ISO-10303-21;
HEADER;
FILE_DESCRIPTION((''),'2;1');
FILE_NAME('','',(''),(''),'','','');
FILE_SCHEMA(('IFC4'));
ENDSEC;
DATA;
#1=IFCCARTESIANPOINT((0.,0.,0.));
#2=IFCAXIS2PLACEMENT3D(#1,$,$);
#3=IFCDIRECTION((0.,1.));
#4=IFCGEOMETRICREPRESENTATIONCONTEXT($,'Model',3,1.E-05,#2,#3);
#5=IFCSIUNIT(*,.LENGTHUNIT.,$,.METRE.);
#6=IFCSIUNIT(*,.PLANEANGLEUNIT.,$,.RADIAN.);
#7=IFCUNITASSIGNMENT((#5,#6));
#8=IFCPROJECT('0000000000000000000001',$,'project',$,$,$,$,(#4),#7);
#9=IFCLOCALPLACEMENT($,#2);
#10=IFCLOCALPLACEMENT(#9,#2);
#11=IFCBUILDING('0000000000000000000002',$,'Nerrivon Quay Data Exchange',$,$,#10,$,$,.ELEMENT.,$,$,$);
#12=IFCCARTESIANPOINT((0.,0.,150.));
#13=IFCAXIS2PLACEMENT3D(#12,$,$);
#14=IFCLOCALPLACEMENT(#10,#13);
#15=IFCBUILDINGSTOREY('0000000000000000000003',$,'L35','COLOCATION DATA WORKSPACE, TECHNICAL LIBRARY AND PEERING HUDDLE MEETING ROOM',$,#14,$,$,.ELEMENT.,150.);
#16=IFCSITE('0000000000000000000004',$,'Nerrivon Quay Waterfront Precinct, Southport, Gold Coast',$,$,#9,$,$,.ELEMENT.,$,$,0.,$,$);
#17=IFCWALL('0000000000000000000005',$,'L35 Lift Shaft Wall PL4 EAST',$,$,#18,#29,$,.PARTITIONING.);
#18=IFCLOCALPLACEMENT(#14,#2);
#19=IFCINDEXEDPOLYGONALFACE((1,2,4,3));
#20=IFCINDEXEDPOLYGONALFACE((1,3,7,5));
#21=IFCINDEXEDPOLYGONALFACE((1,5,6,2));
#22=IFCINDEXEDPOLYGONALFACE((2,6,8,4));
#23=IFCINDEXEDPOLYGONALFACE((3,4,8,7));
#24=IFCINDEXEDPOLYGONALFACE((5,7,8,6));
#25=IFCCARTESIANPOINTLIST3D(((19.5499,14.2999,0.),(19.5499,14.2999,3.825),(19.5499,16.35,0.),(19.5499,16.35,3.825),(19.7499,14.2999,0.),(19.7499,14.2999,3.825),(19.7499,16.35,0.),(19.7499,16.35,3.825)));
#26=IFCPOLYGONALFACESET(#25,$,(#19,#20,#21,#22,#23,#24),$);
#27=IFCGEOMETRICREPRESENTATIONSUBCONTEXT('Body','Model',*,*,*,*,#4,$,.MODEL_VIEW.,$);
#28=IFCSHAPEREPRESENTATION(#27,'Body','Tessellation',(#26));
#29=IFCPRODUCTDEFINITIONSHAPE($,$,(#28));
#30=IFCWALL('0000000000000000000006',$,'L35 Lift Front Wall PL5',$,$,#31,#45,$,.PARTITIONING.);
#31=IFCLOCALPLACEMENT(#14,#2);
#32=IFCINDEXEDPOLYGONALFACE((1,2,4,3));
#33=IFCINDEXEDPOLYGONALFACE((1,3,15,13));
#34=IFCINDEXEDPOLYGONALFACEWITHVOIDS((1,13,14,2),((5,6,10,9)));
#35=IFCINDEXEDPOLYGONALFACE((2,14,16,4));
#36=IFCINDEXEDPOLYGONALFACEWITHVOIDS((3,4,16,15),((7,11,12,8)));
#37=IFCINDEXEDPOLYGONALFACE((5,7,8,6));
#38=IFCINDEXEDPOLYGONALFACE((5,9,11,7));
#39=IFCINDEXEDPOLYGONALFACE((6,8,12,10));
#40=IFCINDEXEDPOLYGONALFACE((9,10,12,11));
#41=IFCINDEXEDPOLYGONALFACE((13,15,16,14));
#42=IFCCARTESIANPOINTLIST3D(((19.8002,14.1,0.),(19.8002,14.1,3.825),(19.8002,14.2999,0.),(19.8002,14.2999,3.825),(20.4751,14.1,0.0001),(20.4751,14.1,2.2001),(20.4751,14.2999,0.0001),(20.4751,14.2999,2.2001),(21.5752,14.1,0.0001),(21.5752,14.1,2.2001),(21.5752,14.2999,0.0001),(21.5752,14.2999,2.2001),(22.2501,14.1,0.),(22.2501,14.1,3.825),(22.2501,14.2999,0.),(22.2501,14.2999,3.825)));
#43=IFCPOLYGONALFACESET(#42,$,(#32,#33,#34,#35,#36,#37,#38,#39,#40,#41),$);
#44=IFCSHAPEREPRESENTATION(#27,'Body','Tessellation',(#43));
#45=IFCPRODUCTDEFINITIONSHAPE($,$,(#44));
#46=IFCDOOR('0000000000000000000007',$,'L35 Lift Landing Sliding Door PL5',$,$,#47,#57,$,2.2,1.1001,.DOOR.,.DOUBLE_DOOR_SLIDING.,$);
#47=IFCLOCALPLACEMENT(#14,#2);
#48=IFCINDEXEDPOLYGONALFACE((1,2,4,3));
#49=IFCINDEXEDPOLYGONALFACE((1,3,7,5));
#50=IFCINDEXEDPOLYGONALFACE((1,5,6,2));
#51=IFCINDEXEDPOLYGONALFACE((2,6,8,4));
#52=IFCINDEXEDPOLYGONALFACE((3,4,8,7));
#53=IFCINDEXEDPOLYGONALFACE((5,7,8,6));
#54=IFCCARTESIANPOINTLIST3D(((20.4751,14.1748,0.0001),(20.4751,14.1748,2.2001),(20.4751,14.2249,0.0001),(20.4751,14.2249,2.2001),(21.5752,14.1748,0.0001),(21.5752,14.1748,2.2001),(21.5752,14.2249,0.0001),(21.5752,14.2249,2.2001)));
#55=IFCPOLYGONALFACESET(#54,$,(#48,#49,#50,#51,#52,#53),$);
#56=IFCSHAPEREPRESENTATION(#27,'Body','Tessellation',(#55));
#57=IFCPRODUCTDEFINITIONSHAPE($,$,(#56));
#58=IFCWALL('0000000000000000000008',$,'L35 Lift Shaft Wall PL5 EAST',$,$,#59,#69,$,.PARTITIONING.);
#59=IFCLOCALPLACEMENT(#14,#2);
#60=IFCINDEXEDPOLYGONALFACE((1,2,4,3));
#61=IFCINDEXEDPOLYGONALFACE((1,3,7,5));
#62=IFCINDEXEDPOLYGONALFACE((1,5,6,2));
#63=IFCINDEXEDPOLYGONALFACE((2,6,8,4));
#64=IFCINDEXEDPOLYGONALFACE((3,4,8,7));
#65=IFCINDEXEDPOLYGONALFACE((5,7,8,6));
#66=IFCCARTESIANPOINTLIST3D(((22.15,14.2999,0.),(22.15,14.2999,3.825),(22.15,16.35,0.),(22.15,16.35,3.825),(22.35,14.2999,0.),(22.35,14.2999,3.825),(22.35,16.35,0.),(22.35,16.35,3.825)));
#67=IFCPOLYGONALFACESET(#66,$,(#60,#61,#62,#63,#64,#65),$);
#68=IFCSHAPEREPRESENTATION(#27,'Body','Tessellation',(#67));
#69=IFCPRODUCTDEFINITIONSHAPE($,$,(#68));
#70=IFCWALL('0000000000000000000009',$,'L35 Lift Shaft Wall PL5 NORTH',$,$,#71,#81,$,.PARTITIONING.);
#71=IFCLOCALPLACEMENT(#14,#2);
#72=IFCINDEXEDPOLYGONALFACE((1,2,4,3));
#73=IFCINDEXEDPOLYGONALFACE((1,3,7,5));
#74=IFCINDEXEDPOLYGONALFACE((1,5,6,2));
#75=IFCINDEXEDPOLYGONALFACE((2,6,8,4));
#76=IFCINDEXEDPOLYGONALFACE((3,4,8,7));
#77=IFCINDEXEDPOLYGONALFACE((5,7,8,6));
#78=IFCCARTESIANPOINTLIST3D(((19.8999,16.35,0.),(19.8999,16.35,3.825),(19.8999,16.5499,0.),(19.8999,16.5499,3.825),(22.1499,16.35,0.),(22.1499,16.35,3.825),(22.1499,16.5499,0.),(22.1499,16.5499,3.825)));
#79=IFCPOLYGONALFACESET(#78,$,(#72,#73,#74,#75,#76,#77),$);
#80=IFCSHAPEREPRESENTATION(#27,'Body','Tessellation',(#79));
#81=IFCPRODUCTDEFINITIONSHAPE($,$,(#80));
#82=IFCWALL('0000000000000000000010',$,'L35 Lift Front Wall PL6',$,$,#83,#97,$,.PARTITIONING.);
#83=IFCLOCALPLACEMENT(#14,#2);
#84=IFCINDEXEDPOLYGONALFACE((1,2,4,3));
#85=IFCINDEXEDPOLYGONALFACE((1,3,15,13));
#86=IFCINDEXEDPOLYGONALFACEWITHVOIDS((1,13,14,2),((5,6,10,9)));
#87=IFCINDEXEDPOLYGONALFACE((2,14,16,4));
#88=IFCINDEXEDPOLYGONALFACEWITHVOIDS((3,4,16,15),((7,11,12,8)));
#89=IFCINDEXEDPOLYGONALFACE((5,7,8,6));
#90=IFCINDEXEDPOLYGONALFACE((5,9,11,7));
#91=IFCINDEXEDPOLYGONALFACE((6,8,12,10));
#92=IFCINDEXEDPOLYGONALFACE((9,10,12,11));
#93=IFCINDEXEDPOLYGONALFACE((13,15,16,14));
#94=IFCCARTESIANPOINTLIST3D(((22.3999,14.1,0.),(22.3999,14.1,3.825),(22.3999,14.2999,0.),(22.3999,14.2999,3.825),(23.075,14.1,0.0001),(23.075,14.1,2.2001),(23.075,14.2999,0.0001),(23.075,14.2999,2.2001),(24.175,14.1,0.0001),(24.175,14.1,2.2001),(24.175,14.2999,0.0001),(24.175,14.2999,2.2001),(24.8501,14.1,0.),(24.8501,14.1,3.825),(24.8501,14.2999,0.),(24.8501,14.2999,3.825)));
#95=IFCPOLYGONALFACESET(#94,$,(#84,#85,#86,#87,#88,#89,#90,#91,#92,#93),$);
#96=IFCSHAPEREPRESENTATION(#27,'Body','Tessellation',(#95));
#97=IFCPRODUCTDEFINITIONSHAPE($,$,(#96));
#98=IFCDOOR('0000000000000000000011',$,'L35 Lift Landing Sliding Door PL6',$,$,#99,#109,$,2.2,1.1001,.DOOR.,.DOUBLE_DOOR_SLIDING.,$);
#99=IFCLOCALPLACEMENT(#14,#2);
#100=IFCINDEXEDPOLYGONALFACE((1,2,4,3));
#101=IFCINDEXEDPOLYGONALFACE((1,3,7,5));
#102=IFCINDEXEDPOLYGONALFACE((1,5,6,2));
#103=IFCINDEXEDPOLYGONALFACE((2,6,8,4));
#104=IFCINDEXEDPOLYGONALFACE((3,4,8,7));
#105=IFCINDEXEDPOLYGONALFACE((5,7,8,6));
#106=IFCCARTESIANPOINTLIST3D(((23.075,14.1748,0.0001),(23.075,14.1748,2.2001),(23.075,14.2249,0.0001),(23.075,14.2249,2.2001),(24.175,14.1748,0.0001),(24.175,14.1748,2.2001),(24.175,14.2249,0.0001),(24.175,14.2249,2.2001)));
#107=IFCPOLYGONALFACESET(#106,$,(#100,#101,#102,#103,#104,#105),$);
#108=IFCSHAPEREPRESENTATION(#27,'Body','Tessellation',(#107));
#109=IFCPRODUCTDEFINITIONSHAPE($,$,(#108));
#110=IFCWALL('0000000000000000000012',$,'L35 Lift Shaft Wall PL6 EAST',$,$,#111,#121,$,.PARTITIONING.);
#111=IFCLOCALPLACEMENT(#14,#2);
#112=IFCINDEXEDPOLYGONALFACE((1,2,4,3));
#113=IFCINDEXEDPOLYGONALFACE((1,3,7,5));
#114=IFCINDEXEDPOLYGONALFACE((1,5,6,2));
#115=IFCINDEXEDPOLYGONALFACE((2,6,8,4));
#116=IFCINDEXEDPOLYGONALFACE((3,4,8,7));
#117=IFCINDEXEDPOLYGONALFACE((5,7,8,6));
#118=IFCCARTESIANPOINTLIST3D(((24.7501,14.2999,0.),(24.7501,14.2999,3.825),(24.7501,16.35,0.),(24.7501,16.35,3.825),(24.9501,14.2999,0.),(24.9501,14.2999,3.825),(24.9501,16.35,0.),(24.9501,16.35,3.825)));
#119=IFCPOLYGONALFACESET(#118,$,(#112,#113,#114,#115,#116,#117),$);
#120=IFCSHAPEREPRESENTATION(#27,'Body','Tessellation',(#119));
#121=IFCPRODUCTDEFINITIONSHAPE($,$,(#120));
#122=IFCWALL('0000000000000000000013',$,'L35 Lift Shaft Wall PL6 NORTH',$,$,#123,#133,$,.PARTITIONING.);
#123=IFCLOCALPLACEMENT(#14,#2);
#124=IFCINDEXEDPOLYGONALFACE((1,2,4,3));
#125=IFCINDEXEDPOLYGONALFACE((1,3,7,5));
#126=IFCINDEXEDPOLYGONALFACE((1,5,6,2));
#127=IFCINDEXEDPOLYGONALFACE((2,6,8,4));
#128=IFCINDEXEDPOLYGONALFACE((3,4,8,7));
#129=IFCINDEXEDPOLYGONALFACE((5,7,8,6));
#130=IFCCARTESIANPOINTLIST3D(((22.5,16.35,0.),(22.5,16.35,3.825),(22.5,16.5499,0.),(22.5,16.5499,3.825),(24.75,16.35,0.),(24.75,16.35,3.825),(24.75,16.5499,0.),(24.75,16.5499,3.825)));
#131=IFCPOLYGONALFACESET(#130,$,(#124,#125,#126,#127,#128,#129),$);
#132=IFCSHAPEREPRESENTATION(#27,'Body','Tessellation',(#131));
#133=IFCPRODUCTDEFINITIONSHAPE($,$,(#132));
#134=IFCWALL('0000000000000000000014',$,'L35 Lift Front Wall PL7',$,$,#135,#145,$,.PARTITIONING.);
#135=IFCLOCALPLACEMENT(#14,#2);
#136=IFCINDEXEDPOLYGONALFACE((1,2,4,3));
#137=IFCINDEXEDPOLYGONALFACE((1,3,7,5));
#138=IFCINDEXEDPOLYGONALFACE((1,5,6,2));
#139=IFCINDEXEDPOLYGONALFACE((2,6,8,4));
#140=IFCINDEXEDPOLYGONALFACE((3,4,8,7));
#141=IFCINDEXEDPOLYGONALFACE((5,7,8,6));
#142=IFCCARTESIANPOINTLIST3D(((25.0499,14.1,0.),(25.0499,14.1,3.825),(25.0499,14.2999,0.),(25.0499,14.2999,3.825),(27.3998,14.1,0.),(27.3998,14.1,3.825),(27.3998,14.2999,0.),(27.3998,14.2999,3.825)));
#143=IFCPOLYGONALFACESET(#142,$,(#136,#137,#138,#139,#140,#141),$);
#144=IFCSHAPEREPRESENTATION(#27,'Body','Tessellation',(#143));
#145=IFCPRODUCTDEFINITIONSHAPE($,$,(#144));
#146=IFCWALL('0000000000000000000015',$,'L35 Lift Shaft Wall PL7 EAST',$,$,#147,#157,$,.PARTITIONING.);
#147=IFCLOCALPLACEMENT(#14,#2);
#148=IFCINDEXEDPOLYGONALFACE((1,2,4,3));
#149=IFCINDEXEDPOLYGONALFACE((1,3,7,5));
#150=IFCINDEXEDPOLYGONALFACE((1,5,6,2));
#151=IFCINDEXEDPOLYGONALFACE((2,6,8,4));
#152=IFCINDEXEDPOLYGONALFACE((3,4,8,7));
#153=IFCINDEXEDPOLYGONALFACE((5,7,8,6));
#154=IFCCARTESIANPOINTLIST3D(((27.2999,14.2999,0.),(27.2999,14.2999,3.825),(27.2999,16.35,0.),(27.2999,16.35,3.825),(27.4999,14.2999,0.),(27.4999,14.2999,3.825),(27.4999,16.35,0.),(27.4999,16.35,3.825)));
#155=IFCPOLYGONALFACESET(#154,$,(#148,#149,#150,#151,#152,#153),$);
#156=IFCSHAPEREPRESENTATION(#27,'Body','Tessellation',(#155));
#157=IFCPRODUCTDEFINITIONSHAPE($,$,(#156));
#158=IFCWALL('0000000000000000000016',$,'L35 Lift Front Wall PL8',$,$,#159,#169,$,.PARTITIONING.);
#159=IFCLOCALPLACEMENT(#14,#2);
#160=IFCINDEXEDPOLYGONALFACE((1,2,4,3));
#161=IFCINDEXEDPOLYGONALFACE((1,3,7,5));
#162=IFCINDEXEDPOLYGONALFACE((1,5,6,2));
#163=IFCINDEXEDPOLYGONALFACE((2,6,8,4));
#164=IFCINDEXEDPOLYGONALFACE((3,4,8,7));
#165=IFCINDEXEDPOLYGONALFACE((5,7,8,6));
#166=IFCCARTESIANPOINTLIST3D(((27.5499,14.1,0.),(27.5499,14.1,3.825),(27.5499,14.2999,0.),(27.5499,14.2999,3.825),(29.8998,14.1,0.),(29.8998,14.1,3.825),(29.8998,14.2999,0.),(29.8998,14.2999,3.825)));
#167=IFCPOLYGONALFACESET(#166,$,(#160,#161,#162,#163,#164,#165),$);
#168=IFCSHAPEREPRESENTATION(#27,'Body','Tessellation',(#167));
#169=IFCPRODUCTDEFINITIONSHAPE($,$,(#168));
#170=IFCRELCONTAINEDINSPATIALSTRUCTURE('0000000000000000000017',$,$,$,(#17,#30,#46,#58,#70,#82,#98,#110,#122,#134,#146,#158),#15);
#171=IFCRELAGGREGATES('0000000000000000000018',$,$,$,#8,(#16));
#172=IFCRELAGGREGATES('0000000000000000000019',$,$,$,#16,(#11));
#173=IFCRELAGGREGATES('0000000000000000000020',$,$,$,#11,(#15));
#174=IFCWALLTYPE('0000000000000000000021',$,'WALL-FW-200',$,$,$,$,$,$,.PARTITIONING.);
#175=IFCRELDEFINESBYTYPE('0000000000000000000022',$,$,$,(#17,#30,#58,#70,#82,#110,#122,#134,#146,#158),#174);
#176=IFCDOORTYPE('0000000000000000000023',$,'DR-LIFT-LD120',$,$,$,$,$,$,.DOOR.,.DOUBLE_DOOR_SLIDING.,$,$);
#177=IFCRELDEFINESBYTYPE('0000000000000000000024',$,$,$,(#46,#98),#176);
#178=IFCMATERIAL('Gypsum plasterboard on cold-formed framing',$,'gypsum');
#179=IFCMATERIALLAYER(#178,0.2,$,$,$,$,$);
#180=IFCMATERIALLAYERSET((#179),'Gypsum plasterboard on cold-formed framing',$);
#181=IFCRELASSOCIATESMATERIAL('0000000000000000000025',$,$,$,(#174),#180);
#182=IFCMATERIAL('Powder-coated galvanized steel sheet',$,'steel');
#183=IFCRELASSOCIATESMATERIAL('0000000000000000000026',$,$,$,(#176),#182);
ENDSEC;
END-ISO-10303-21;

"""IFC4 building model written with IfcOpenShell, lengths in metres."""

from ifc_helpers import new_model, si_unit, direction, frame, frame_2d, origin, place, context, subcontext, project, spatial, rectangle, extrude, material, layer, layer_set, type_object, element, fill, save


model = new_model("IFC4")

# Units and contexts
model_context = context("Model", 3, precision=1e-05, world=origin(), true_north=direction((0.0, 1.0)))
body_context = subcontext(model_context, "Body", "Model", "MODEL_VIEW")
ifc_project = project(units=[si_unit("LENGTHUNIT", "METRE"), si_unit("PLANEANGLEUNIT", "RADIAN")], contexts=[model_context])

# Site, building, storey
site_placement = place(None, origin())
site = spatial("IfcSite", under=ifc_project, at=site_placement, Name="Nerrivon Quay Waterfront Precinct, Southport, Gold Coast", CompositionType="ELEMENT", RefElevation=0.0)
building_placement = place(site_placement, origin())
building = spatial("IfcBuilding", under=site, at=building_placement, Name="Nerrivon Quay Data Exchange", CompositionType="ELEMENT")
storey_placement = place(building_placement, frame((0.0, 0.0, 150.0)))
storey = spatial("IfcBuildingStorey", under=building, at=storey_placement, Name="L35", Description="COLOCATION DATA WORKSPACE, TECHNICAL LIBRARY AND PEERING HUDDLE MEETING ROOM", CompositionType="ELEMENT", Elevation=150.0)

# Wall
ifc_material_1 = material(Name="Gypsum plasterboard on cold-formed framing", Category="gypsum")
ifc_layer_1 = layer(ifc_material_1, 0.2)
ifc_layer_set_1 = layer_set([ifc_layer_1], Name="Gypsum plasterboard on cold-formed framing")
wall_type_1 = type_object("IfcWallType", Name="WALL-FW-200", PredefinedType="PARTITIONING", material=ifc_layer_set_1)
wall_1_placement = place(storey_placement, frame((19.6499, 14.3, 0.0), z_axis=(0.0, 0.0, 1.0), x_axis=(0.0, 1.0, 0.0)))
element("IfcWall", 1, at=wall_1_placement, inside=storey, type_object=wall_type_1, Name="L35 Lift Shaft Wall PL4 EAST", PredefinedType="PARTITIONING", context=body_context, shape_type="SweptSolid", body=[
    extrude(rectangle(XDim=2.05, YDim=0.2, at=frame_2d((1.0249, 0.0))), origin(), (0.0, 0.0, 1.0), 3.825),
])

# Wall, opening, door
wall_2_placement = place(storey_placement, frame((19.8, 14.2, 0.0), z_axis=(0.0, 0.0, 1.0), x_axis=(1.0, 0.0, 0.0)))
wall_2 = element("IfcWall", 2, at=wall_2_placement, inside=storey, type_object=wall_type_1, Name="L35 Lift Front Wall PL5", PredefinedType="PARTITIONING", context=body_context, shape_type="SweptSolid", body=[
    extrude(rectangle(XDim=2.45, YDim=0.2, at=frame_2d((1.2251, 0.0))), origin(), (0.0, 0.0, 1.0), 3.825),
])
opening_1_placement = place(wall_2_placement, frame((0.675, 0.0, 0.0)))
opening_1 = element("IfcOpeningElement", 3, at=opening_1_placement, cuts=wall_2, PredefinedType="OPENING", context=body_context, shape_type="SweptSolid", body=[
    extrude(rectangle(XDim=1.1001, YDim=2.2, at=frame_2d((0.55, 1.1001))), frame((0.0, 0.1099, 0.0), z_axis=(0.0, -1.0, 0.0), x_axis=(1.0, 0.0, 0.0)), (0.0, 0.0, 1.0), 0.22),
])
ifc_material_2 = material(Name="Powder-coated galvanized steel sheet", Category="steel")
door_type_1 = type_object("IfcDoorType", Name="DR-LIFT-LD120", OperationType="DOUBLE_DOOR_SLIDING", PredefinedType="DOOR", material=ifc_material_2)
door_1_placement = place(opening_1_placement, origin())
door_1 = element("IfcDoor", 4, at=door_1_placement, inside=storey, type_object=door_type_1, Name="L35 Lift Landing Sliding Door PL5", OperationType="DOUBLE_DOOR_SLIDING", OverallHeight=2.2, OverallWidth=1.1001, PredefinedType="DOOR", context=body_context, shape_type="SweptSolid", body=[
    extrude(rectangle(XDim=1.1001, YDim=2.2, at=frame_2d((0.55, 1.1001))), frame((0.0, 0.0249, 0.0), z_axis=(0.0, -1.0, 0.0), x_axis=(1.0, 0.0, 0.0)), (0.0, 0.0, 1.0), 0.05),
])
fill(opening_1, door_1)

# Walls
wall_3_placement = place(storey_placement, frame((22.25, 14.3, 0.0), z_axis=(0.0, 0.0, 1.0), x_axis=(0.0, 1.0, 0.0)))
element("IfcWall", 5, at=wall_3_placement, inside=storey, type_object=wall_type_1, Name="L35 Lift Shaft Wall PL5 EAST", PredefinedType="PARTITIONING", context=body_context, shape_type="SweptSolid", body=[
    extrude(rectangle(XDim=2.05, YDim=0.2, at=frame_2d((1.0249, 0.0))), origin(), (0.0, 0.0, 1.0), 3.825),
])
wall_4_placement = place(storey_placement, frame((19.8999, 16.45, 0.0), z_axis=(0.0, 0.0, 1.0), x_axis=(1.0, 0.0, 0.0)))
element("IfcWall", 6, at=wall_4_placement, inside=storey, type_object=wall_type_1, Name="L35 Lift Shaft Wall PL5 NORTH", PredefinedType="PARTITIONING", context=body_context, shape_type="SweptSolid", body=[
    extrude(rectangle(XDim=2.25, YDim=0.2, at=frame_2d((1.125, 0.0))), origin(), (0.0, 0.0, 1.0), 3.825),
])

# Wall, opening, door
wall_5_placement = place(storey_placement, frame((22.3999, 14.2, 0.0), z_axis=(0.0, 0.0, 1.0), x_axis=(1.0, 0.0, 0.0)))
wall_5 = element("IfcWall", 7, at=wall_5_placement, inside=storey, type_object=wall_type_1, Name="L35 Lift Front Wall PL6", PredefinedType="PARTITIONING", context=body_context, shape_type="SweptSolid", body=[
    extrude(rectangle(XDim=2.4502, YDim=0.2, at=frame_2d((1.2251, 0.0))), origin(), (0.0, 0.0, 1.0), 3.825),
])
opening_2_placement = place(wall_5_placement, frame((0.675, 0.0, 0.0)))
opening_2 = element("IfcOpeningElement", 8, at=opening_2_placement, cuts=wall_5, PredefinedType="OPENING", context=body_context, shape_type="SweptSolid", body=[
    extrude(rectangle(XDim=1.1001, YDim=2.2, at=frame_2d((0.55, 1.1001))), frame((0.0, 0.1099, 0.0), z_axis=(0.0, -1.0, 0.0), x_axis=(1.0, 0.0, 0.0)), (0.0, 0.0, 1.0), 0.22),
])
door_2_placement = place(opening_2_placement, origin())
door_2 = element("IfcDoor", 9, at=door_2_placement, inside=storey, type_object=door_type_1, Name="L35 Lift Landing Sliding Door PL6", OperationType="DOUBLE_DOOR_SLIDING", OverallHeight=2.2, OverallWidth=1.1001, PredefinedType="DOOR", context=body_context, shape_type="SweptSolid", body=[
    extrude(rectangle(XDim=1.1001, YDim=2.2, at=frame_2d((0.55, 1.1001))), frame((0.0, 0.0249, 0.0), z_axis=(0.0, -1.0, 0.0), x_axis=(1.0, 0.0, 0.0)), (0.0, 0.0, 1.0), 0.05),
])
fill(opening_2, door_2)

# Walls
wall_6_placement = place(storey_placement, frame((24.8501, 14.3, 0.0), z_axis=(0.0, 0.0, 1.0), x_axis=(0.0, 1.0, 0.0)))
element("IfcWall", 10, at=wall_6_placement, inside=storey, type_object=wall_type_1, Name="L35 Lift Shaft Wall PL6 EAST", PredefinedType="PARTITIONING", context=body_context, shape_type="SweptSolid", body=[
    extrude(rectangle(XDim=2.05, YDim=0.2, at=frame_2d((1.0249, 0.0))), origin(), (0.0, 0.0, 1.0), 3.825),
])
wall_7_placement = place(storey_placement, frame((22.5, 16.45, 0.0), z_axis=(0.0, 0.0, 1.0), x_axis=(1.0, 0.0, 0.0)))
element("IfcWall", 11, at=wall_7_placement, inside=storey, type_object=wall_type_1, Name="L35 Lift Shaft Wall PL6 NORTH", PredefinedType="PARTITIONING", context=body_context, shape_type="SweptSolid", body=[
    extrude(rectangle(XDim=2.25, YDim=0.2, at=frame_2d((1.125, 0.0))), origin(), (0.0, 0.0, 1.0), 3.825),
])
wall_8_placement = place(storey_placement, frame((25.05, 14.2, 0.0), z_axis=(0.0, 0.0, 1.0), x_axis=(1.0, 0.0, 0.0)))
element("IfcWall", 12, at=wall_8_placement, inside=storey, type_object=wall_type_1, Name="L35 Lift Front Wall PL7", PredefinedType="PARTITIONING", context=body_context, shape_type="SweptSolid", body=[
    extrude(rectangle(XDim=2.3499, YDim=0.2, at=frame_2d((1.1748, 0.0))), origin(), (0.0, 0.0, 1.0), 3.825),
])
wall_9_placement = place(storey_placement, frame((27.3999, 14.3, 0.0), z_axis=(0.0, 0.0, 1.0), x_axis=(0.0, 1.0, 0.0)))
element("IfcWall", 13, at=wall_9_placement, inside=storey, type_object=wall_type_1, Name="L35 Lift Shaft Wall PL7 EAST", PredefinedType="PARTITIONING", context=body_context, shape_type="SweptSolid", body=[
    extrude(rectangle(XDim=2.05, YDim=0.2, at=frame_2d((1.0249, 0.0))), origin(), (0.0, 0.0, 1.0), 3.825),
])
wall_10_placement = place(storey_placement, frame((27.55, 14.2, 0.0), z_axis=(0.0, 0.0, 1.0), x_axis=(1.0, 0.0, 0.0)))
element("IfcWall", 14, at=wall_10_placement, inside=storey, type_object=wall_type_1, Name="L35 Lift Front Wall PL8", PredefinedType="PARTITIONING", context=body_context, shape_type="SweptSolid", body=[
    extrude(rectangle(XDim=2.3499, YDim=0.2, at=frame_2d((1.1748, 0.0))), origin(), (0.0, 0.0, 1.0), 3.825),
])

save(model, "model.ifc")
